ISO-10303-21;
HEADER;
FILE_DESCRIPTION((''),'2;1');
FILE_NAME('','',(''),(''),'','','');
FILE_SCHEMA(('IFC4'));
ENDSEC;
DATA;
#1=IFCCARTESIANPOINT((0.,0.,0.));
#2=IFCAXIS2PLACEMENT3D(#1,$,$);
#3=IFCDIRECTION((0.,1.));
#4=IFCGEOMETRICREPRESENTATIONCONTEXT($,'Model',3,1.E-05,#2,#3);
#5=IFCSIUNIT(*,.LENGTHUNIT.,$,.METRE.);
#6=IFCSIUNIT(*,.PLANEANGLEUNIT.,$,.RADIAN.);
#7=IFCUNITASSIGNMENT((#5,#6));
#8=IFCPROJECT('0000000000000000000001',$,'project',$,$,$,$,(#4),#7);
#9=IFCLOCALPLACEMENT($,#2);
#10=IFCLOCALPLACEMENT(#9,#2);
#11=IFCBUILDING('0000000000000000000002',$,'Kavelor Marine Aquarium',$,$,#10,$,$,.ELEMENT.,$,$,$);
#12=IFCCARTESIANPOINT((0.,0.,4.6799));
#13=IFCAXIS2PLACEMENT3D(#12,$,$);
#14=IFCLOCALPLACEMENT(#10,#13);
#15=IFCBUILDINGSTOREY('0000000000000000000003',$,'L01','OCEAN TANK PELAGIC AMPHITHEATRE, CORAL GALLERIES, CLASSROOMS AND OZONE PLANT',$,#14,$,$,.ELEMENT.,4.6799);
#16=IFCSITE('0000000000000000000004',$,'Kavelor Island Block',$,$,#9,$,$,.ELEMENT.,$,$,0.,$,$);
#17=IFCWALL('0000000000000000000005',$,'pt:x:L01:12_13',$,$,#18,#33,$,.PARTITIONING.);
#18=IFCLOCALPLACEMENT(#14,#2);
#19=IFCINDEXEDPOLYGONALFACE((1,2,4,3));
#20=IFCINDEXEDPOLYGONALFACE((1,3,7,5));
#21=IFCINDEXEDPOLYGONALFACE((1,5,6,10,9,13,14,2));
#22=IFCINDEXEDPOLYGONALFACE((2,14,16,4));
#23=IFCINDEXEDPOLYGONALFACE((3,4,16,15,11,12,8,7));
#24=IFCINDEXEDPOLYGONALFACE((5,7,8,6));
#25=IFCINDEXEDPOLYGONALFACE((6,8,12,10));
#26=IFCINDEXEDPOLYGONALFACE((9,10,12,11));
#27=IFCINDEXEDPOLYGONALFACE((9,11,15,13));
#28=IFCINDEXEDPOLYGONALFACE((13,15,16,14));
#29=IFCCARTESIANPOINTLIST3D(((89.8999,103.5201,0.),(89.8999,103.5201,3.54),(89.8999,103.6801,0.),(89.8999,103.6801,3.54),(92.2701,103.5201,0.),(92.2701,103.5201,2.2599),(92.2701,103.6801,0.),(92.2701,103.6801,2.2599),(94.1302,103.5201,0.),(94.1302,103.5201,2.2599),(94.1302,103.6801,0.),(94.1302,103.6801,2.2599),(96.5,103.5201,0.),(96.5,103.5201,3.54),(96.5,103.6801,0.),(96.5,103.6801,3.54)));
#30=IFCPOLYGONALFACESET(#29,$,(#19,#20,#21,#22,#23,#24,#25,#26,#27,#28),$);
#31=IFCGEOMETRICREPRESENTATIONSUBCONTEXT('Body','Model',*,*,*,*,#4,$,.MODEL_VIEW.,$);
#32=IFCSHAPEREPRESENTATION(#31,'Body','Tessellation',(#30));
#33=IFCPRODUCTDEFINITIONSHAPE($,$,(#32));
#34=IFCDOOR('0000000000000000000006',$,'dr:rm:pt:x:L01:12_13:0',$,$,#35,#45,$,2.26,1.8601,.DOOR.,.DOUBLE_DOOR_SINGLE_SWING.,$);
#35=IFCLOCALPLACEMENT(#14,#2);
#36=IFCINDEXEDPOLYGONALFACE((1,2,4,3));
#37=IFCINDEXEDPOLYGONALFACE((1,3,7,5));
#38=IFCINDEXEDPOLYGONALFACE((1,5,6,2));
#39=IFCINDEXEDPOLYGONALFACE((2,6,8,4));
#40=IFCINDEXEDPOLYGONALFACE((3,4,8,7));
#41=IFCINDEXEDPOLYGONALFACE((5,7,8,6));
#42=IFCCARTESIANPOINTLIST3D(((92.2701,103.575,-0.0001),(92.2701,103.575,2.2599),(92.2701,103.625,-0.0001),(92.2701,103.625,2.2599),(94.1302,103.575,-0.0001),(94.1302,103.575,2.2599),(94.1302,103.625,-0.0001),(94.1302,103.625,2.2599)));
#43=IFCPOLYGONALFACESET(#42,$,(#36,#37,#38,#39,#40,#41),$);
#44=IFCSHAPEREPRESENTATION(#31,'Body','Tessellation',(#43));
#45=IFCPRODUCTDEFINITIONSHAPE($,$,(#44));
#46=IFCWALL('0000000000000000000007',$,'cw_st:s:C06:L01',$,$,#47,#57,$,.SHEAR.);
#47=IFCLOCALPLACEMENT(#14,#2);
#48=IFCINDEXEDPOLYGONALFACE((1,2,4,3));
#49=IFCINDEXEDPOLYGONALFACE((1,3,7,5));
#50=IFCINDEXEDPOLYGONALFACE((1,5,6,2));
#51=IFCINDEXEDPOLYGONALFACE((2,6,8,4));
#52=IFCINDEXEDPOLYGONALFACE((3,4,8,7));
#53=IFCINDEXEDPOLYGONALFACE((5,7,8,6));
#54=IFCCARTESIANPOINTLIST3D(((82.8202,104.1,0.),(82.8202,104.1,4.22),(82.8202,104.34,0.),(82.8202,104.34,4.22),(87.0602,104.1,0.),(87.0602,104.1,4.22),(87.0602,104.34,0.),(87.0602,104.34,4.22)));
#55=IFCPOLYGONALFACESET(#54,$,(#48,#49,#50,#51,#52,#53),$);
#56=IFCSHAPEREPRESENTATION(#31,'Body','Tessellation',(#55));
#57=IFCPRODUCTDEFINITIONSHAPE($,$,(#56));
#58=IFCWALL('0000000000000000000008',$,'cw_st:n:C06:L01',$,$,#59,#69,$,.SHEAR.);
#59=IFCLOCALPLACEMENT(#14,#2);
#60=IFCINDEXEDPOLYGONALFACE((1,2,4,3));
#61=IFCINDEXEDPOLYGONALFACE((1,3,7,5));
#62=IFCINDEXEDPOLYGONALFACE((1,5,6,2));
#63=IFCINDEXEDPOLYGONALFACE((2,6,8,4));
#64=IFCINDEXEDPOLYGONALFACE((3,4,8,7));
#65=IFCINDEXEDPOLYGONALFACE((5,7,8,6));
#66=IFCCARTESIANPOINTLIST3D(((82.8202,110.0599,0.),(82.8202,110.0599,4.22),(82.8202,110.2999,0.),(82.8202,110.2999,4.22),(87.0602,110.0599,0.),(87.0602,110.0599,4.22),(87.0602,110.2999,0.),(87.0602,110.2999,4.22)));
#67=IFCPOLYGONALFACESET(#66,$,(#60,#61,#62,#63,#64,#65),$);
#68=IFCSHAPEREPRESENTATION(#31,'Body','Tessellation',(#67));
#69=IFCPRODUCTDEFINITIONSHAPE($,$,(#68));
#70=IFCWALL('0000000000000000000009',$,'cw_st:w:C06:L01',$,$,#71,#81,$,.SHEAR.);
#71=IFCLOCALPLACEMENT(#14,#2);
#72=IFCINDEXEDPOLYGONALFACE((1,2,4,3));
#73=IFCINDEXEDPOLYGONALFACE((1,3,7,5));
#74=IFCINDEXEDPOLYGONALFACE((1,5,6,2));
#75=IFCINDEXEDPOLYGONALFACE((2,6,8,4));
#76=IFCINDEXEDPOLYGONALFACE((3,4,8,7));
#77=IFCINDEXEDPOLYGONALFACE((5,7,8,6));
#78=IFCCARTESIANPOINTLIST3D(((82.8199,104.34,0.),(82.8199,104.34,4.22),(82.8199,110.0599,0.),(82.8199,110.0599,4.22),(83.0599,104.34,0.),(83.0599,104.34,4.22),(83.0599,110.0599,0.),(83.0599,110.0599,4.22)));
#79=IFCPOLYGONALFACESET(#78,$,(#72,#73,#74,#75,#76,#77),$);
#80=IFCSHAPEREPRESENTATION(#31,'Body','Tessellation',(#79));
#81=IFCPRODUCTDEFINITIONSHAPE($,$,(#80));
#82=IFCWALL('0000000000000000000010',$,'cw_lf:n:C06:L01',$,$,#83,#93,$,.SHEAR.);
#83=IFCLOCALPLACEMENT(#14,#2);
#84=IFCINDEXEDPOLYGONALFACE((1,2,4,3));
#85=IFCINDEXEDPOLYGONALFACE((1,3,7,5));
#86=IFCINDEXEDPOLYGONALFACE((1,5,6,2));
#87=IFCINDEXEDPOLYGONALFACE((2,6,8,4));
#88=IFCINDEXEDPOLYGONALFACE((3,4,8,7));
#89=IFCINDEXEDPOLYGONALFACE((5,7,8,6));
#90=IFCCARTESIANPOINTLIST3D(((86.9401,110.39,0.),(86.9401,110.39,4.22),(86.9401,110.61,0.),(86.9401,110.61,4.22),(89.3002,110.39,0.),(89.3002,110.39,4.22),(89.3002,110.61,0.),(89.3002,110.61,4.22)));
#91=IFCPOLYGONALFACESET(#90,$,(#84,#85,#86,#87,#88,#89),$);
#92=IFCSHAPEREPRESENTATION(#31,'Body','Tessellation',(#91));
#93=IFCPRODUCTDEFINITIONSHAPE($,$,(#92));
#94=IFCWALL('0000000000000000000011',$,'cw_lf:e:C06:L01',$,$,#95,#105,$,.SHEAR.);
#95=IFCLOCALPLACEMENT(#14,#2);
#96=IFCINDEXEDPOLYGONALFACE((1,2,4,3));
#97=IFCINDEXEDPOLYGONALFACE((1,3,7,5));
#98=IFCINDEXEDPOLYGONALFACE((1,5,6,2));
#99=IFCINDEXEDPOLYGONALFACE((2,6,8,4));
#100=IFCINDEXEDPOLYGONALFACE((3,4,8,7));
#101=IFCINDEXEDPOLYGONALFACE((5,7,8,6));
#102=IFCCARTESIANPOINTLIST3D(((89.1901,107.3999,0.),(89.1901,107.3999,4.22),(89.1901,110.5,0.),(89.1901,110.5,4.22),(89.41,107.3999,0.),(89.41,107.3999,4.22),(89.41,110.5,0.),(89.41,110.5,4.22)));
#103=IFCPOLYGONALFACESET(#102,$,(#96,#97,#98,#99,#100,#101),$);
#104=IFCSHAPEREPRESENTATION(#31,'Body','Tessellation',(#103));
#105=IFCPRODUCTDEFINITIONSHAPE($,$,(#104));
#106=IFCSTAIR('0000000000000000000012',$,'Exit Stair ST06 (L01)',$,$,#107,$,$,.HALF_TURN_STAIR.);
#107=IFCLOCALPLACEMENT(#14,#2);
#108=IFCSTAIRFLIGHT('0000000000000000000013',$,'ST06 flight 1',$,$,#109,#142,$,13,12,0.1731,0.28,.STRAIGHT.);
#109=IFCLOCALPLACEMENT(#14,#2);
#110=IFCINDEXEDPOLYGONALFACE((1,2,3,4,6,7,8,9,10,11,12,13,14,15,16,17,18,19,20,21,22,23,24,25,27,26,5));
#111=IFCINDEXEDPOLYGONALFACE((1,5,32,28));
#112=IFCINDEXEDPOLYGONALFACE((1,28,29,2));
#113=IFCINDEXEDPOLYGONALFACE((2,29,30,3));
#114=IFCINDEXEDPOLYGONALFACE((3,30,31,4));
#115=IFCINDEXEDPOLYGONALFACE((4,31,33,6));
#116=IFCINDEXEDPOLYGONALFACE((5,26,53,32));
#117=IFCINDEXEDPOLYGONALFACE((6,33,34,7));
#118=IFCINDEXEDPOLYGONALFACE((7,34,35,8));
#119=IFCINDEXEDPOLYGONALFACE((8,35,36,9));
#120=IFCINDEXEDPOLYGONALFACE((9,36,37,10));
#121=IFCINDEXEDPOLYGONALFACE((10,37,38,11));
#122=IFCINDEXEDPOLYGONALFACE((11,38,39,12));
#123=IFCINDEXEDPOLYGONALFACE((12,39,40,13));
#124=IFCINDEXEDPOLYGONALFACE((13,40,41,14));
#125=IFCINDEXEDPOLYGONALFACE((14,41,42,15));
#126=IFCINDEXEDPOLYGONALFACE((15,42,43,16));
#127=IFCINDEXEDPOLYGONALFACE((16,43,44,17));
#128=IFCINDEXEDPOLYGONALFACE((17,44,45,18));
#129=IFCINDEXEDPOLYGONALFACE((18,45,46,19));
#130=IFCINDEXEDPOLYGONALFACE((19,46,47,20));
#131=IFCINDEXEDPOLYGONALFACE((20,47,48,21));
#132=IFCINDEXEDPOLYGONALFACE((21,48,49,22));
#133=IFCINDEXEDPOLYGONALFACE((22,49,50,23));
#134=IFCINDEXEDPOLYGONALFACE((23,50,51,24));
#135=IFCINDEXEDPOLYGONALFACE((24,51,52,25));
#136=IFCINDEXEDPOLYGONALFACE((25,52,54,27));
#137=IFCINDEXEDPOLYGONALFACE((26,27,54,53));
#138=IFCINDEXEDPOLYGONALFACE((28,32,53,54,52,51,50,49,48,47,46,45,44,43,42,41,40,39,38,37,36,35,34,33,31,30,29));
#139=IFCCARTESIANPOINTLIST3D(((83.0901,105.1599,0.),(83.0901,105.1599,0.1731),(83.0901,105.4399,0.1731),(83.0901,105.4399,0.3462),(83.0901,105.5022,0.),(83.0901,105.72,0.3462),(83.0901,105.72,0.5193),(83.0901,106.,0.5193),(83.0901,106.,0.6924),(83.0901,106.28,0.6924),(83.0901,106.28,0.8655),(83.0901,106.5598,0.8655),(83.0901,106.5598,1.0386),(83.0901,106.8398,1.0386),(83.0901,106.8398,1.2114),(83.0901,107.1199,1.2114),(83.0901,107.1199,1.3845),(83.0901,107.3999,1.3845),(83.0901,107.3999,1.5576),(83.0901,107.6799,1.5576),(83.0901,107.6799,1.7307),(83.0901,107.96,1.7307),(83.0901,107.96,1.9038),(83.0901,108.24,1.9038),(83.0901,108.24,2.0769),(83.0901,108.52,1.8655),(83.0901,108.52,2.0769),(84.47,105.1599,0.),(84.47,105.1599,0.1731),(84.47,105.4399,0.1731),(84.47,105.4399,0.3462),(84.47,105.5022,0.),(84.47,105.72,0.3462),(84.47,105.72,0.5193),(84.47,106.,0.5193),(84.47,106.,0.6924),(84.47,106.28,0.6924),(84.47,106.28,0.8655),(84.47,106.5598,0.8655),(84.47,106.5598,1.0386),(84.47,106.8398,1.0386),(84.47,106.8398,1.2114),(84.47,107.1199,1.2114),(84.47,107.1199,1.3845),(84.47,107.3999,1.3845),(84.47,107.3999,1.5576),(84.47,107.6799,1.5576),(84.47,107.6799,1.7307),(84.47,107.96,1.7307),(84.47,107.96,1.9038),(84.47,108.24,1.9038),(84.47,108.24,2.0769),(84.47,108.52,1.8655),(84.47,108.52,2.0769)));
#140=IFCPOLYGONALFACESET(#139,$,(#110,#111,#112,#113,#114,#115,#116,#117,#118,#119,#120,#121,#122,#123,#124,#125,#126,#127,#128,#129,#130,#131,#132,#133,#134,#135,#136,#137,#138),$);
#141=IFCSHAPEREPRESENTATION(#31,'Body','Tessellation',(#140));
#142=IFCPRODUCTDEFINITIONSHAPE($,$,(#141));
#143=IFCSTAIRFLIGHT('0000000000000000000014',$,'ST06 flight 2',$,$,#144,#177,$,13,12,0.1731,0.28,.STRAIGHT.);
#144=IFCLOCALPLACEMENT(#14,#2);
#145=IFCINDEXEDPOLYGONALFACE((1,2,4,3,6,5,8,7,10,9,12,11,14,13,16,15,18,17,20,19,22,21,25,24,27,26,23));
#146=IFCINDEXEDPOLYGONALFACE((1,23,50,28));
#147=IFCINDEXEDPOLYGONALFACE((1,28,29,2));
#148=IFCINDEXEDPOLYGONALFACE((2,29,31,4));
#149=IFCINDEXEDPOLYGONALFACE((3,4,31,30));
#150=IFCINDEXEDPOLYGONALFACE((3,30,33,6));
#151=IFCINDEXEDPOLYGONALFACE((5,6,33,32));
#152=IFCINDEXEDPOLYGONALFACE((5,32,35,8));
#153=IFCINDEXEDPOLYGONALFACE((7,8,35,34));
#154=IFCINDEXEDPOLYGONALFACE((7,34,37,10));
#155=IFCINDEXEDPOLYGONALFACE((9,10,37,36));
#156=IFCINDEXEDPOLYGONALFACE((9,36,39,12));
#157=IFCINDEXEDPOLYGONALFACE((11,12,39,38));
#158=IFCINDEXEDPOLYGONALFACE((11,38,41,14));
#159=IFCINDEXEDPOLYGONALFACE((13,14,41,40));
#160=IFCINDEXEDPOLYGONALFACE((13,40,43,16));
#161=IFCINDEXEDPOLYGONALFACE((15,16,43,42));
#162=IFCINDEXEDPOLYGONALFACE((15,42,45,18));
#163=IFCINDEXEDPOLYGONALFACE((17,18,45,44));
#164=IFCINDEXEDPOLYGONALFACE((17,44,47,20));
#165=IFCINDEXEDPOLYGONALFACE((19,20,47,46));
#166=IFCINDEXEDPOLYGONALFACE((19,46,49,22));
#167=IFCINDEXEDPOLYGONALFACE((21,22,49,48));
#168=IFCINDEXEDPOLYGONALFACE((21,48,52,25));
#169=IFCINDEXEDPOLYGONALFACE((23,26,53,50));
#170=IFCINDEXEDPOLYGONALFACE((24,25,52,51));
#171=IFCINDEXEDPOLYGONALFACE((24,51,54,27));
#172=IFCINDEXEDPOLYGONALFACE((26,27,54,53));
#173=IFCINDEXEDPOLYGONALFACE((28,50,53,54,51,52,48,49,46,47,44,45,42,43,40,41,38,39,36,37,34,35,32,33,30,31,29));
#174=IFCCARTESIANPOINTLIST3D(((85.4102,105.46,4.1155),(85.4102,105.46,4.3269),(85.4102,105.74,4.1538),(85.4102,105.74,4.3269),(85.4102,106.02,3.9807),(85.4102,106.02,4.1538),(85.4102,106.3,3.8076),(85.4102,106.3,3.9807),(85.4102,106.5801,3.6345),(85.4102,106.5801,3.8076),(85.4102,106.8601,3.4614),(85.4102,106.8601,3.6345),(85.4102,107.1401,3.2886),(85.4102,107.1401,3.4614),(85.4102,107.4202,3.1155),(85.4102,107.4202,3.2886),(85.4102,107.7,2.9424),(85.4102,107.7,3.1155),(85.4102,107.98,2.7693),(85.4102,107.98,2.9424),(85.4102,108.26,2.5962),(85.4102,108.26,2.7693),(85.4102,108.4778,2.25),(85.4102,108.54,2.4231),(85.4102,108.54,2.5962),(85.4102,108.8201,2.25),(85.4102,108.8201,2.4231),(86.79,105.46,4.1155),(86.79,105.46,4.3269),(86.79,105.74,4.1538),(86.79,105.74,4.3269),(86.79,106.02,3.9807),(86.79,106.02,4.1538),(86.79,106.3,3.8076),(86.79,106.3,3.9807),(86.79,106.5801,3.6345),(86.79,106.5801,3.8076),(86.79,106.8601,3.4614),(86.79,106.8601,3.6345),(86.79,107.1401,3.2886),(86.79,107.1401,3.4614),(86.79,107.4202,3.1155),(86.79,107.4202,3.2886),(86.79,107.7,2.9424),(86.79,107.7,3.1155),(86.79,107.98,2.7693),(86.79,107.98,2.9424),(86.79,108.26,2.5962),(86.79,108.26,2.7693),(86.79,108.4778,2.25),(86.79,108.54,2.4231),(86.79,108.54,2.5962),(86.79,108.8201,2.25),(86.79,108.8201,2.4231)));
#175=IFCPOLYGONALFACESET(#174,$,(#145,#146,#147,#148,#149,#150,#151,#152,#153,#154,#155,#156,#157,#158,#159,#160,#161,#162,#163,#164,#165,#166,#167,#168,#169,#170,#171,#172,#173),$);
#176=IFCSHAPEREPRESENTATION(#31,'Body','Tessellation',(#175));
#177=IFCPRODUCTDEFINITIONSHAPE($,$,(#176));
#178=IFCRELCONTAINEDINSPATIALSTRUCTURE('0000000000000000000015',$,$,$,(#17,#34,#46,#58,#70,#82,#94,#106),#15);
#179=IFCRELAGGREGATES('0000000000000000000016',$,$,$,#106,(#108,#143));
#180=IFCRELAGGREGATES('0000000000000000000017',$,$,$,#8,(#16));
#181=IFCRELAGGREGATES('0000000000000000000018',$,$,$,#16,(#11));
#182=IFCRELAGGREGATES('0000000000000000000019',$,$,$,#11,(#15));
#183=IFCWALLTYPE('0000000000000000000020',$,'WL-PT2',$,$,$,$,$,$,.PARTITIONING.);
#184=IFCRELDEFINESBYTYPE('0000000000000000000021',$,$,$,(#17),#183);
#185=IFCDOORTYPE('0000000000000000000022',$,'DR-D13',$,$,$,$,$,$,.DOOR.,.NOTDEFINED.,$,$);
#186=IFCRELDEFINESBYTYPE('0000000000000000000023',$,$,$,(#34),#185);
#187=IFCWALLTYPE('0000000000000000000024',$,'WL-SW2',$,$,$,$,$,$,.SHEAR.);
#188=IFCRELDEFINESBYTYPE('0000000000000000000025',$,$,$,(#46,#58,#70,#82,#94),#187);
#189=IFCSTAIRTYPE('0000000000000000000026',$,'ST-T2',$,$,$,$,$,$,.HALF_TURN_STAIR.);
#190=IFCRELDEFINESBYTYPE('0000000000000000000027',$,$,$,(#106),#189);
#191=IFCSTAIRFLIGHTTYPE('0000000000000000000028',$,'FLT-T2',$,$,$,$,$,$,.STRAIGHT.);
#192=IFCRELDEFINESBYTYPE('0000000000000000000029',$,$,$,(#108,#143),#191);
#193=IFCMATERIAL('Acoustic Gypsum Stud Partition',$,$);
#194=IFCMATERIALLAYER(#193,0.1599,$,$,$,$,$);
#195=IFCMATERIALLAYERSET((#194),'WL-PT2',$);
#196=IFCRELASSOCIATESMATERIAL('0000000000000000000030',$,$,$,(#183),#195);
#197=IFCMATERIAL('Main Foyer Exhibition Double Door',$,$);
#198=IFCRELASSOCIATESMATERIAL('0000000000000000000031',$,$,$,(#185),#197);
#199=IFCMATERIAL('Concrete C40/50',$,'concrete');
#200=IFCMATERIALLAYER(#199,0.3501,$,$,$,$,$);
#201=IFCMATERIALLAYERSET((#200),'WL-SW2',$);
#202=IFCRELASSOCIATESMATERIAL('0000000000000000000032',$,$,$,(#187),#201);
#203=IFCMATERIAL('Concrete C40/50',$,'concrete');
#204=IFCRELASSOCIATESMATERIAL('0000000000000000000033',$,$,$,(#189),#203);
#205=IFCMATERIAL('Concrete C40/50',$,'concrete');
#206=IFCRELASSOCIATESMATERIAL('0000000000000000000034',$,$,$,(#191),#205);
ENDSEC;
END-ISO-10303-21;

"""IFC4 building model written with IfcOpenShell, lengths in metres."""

from ifc_helpers import new_model, si_unit, direction, frame, frame_2d, origin, place, context, subcontext, project, spatial, polyline, rectangle, outline, extrude, material, layer, layer_set, type_object, element, fill, aggregate, save


model = new_model("IFC4")

# Units and contexts
model_context = context("Model", 3, precision=1e-05, world=origin(), true_north=direction((0.0, 1.0)))
body_context = subcontext(model_context, "Body", "Model", "MODEL_VIEW")
ifc_project = project(units=[si_unit("LENGTHUNIT", "METRE"), si_unit("PLANEANGLEUNIT", "RADIAN")], contexts=[model_context])

# Site, building, storey
site_placement = place(None, origin())
site = spatial("IfcSite", under=ifc_project, at=site_placement, Name="Kavelor Island Block", CompositionType="ELEMENT", RefElevation=0.0)
building_placement = place(site_placement, origin())
building = spatial("IfcBuilding", under=site, at=building_placement, Name="Kavelor Marine Aquarium", CompositionType="ELEMENT")
storey_placement = place(building_placement, frame((0.0, 0.0, 4.6799)))
storey = spatial("IfcBuildingStorey", under=building, at=storey_placement, Name="L01", Description="OCEAN TANK PELAGIC AMPHITHEATRE, CORAL GALLERIES, CLASSROOMS AND OZONE PLANT", CompositionType="ELEMENT", Elevation=4.6799)

# Wall, opening, door
ifc_material_1 = material(Name="Acoustic Gypsum Stud Partition")
ifc_layer_1 = layer(ifc_material_1, 0.1599)
ifc_layer_set_1 = layer_set([ifc_layer_1], Name="WL-PT2")
wall_type_1 = type_object("IfcWallType", Name="WL-PT2", PredefinedType="PARTITIONING", material=ifc_layer_set_1)
wall_1_placement = place(storey_placement, frame((89.8999, 103.6001, 0.0), z_axis=(0.0, 0.0, 1.0), x_axis=(1.0, 0.0, 0.0)))
wall_1 = element("IfcWall", 1, at=wall_1_placement, inside=storey, type_object=wall_type_1, Name="pt:x:L01:12_13", PredefinedType="PARTITIONING", context=body_context, shape_type="SweptSolid", body=[
    extrude(rectangle(XDim=6.6001, YDim=0.1599, at=frame_2d((3.3, 0.0))), origin(), (0.0, 0.0, 1.0), 3.54),
])
opening_1_placement = place(wall_1_placement, frame((2.3701, 0.0, 0.0)))
opening_1 = element("IfcOpeningElement", 2, at=opening_1_placement, cuts=wall_1, PredefinedType="OPENING", context=body_context, shape_type="SweptSolid", body=[
    extrude(rectangle(XDim=1.8601, YDim=2.26, at=frame_2d((0.9302, 1.1299))), frame((0.0, 0.0898, 0.0), z_axis=(0.0, -1.0, 0.0), x_axis=(1.0, 0.0, 0.0)), (0.0, 0.0, 1.0), 0.1799),
])
ifc_material_2 = material(Name="Main Foyer Exhibition Double Door")
door_type_1 = type_object("IfcDoorType", Name="DR-D13", OperationType="NOTDEFINED", PredefinedType="DOOR", material=ifc_material_2)
door_1_placement = place(opening_1_placement, origin())
door_1 = element("IfcDoor", 3, at=door_1_placement, inside=storey, type_object=door_type_1, Name="dr:rm:pt:x:L01:12_13:0", OperationType="DOUBLE_DOOR_SINGLE_SWING", OverallHeight=2.26, OverallWidth=1.8601, PredefinedType="DOOR", context=body_context, shape_type="SweptSolid", body=[
    extrude(rectangle(XDim=1.8601, YDim=2.26, at=frame_2d((0.9302, 1.1299))), frame((0.0, 0.0249, 0.0), z_axis=(0.0, -1.0, 0.0), x_axis=(1.0, 0.0, 0.0)), (0.0, 0.0, 1.0), 0.05),
])
fill(opening_1, door_1)

# Walls
ifc_material_3 = material(Name="Concrete C40/50", Category="concrete")
ifc_layer_2 = layer(ifc_material_3, 0.3501)
ifc_layer_set_2 = layer_set([ifc_layer_2], Name="WL-SW2")
wall_type_2 = type_object("IfcWallType", Name="WL-SW2", PredefinedType="SHEAR", material=ifc_layer_set_2)
for number, where, z_axis, x_axis, name in (
    (4, (82.8201, 104.22, 0.0), (0.0, 0.0, 1.0), (1.0, 0.0, 0.0), "cw_st:s:C06:L01"),
    (5, (82.8201, 110.1799, 0.0), (0.0, 0.0, 1.0), (1.0, 0.0, 0.0), "cw_st:n:C06:L01"),
):
    element("IfcWall", number, at=place(storey_placement, frame(where, z_axis=z_axis, x_axis=x_axis)), inside=storey, type_object=wall_type_2, Name=name, PredefinedType="SHEAR", context=body_context, shape_type="SweptSolid", body=[
        extrude(rectangle(XDim=4.24, YDim=0.24, at=frame_2d((2.1201, 0.0))), origin(), (0.0, 0.0, 1.0), 4.22),
    ])
wall_2_placement = place(storey_placement, frame((82.9399, 104.3401, 0.0), z_axis=(0.0, 0.0, 1.0), x_axis=(0.0, 1.0, 0.0)))
element("IfcWall", 6, at=wall_2_placement, inside=storey, type_object=wall_type_2, Name="cw_st:w:C06:L01", PredefinedType="SHEAR", context=body_context, shape_type="SweptSolid", body=[
    extrude(rectangle(XDim=5.72, YDim=0.24, at=frame_2d((2.8599, 0.0))), origin(), (0.0, 0.0, 1.0), 4.22),
])

# Walls
wall_3_placement = place(storey_placement, frame((86.9399, 110.5, 0.0), z_axis=(0.0, 0.0, 1.0), x_axis=(1.0, 0.0, 0.0)))
element("IfcWall", 7, at=wall_3_placement, inside=storey, type_object=wall_type_2, Name="cw_lf:n:C06:L01", PredefinedType="SHEAR", context=body_context, shape_type="SweptSolid", body=[
    extrude(rectangle(XDim=2.3601, YDim=0.22, at=frame_2d((1.1802, 0.0))), origin(), (0.0, 0.0, 1.0), 4.22),
])
wall_4_placement = place(storey_placement, frame((89.3, 107.3999, 0.0), z_axis=(0.0, 0.0, 1.0), x_axis=(0.0, 1.0, 0.0)))
element("IfcWall", 8, at=wall_4_placement, inside=storey, type_object=wall_type_2, Name="cw_lf:e:C06:L01", PredefinedType="SHEAR", context=body_context, shape_type="SweptSolid", body=[
    extrude(rectangle(XDim=3.1001, YDim=0.22, at=frame_2d((1.55, 0.0))), origin(), (0.0, 0.0, 1.0), 4.22),
])

# Stair, stair flights
ifc_material_4 = material(Name="Concrete C40/50", Category="concrete")
stair_type = type_object("IfcStairType", Name="ST-T2", PredefinedType="HALF_TURN_STAIR", material=ifc_material_4)
stair_placement = place(storey_placement, origin())
stair = element("IfcStair", 9, at=stair_placement, inside=storey, type_object=stair_type, Name="Exit Stair ST06 (L01)", PredefinedType="HALF_TURN_STAIR")
ifc_material_5 = material(Name="Concrete C40/50", Category="concrete")
stair_flight_type = type_object("IfcStairFlightType", Name="FLT-T2", PredefinedType="STRAIGHT", material=ifc_material_5)
stair_flight_1_placement = place(storey_placement, frame((83.78, 105.1599, 0.0), z_axis=(0.0, 0.0, 1.0), x_axis=(0.0, 1.0, 0.0)))
stair_flight_1 = element("IfcStairFlight", 10, at=stair_flight_1_placement, type_object=stair_flight_type, Name="ST06 flight 1", NumberOfRisers=13, NumberOfTreads=12, PredefinedType="STRAIGHT", RiserHeight=0.1731, TreadLength=0.28, context=body_context, shape_type="SweptSolid", body=[
    extrude(outline(polyline([(0.0, 0.0), (0.0, 0.1731), (0.28, 0.1731), (0.28, 0.3462), (0.5601, 0.3462), (0.5601, 0.5193), (0.8401, 0.5193), (0.8401, 0.6924), (1.1201, 0.6924), (1.1201, 0.8655), (1.3999, 0.8655), (1.3999, 1.0386), (1.6799, 1.0386), (1.6799, 1.2114), (1.96, 1.2114), (1.96, 1.3845), (2.24, 1.3845), (2.24, 1.5576), (2.52, 1.5576), (2.52, 1.7307), (2.8, 1.7307), (2.8, 1.9038), (3.0801, 1.9038), (3.0801, 2.0769), (3.3601, 2.0769), (3.3601, 2.25), (3.3601, 1.8655), (0.3423, 0.0), (0.0, 0.0)])), frame((0.0, 0.6899, 0.0), z_axis=(0.0, -1.0, 0.0), x_axis=(1.0, 0.0, 0.0)), (0.0, 0.0, 1.0), 1.3799),
])
stair_flight_2_placement = place(storey_placement, frame((86.1001, 108.8201, 2.25), z_axis=(0.0, 0.0, 1.0), x_axis=(0.0, -1.0, 0.0)))
stair_flight_2 = element("IfcStairFlight", 11, at=stair_flight_2_placement, type_object=stair_flight_type, Name="ST06 flight 2", NumberOfRisers=13, NumberOfTreads=12, PredefinedType="STRAIGHT", RiserHeight=0.1731, TreadLength=0.28, context=body_context, shape_type="SweptSolid", body=[
    extrude(outline(polyline([(0.0, 0.0), (0.0, 0.1731), (0.28, 0.1731), (0.28, 0.3462), (0.5601, 0.3462), (0.5601, 0.5193), (0.8401, 0.5193), (0.8401, 0.6924), (1.1201, 0.6924), (1.1201, 0.8655), (1.3999, 0.8655), (1.3999, 1.0386), (1.6799, 1.0386), (1.6799, 1.2114), (1.96, 1.2114), (1.96, 1.3845), (2.24, 1.3845), (2.24, 1.5576), (2.52, 1.5576), (2.52, 1.7307), (2.8, 1.7307), (2.8, 1.9038), (3.0801, 1.9038), (3.0801, 2.0769), (3.3601, 2.0769), (3.3601, 2.25), (3.3601, 1.8655), (0.3423, 0.0), (0.0, 0.0)])), frame((0.0, 0.6899, 0.0), z_axis=(0.0, -1.0, 0.0), x_axis=(1.0, 0.0, 0.0)), (0.0, 0.0, 1.0), 1.3799),
])
aggregate(stair, [stair_flight_1, stair_flight_2])

save(model, "model.ifc")
